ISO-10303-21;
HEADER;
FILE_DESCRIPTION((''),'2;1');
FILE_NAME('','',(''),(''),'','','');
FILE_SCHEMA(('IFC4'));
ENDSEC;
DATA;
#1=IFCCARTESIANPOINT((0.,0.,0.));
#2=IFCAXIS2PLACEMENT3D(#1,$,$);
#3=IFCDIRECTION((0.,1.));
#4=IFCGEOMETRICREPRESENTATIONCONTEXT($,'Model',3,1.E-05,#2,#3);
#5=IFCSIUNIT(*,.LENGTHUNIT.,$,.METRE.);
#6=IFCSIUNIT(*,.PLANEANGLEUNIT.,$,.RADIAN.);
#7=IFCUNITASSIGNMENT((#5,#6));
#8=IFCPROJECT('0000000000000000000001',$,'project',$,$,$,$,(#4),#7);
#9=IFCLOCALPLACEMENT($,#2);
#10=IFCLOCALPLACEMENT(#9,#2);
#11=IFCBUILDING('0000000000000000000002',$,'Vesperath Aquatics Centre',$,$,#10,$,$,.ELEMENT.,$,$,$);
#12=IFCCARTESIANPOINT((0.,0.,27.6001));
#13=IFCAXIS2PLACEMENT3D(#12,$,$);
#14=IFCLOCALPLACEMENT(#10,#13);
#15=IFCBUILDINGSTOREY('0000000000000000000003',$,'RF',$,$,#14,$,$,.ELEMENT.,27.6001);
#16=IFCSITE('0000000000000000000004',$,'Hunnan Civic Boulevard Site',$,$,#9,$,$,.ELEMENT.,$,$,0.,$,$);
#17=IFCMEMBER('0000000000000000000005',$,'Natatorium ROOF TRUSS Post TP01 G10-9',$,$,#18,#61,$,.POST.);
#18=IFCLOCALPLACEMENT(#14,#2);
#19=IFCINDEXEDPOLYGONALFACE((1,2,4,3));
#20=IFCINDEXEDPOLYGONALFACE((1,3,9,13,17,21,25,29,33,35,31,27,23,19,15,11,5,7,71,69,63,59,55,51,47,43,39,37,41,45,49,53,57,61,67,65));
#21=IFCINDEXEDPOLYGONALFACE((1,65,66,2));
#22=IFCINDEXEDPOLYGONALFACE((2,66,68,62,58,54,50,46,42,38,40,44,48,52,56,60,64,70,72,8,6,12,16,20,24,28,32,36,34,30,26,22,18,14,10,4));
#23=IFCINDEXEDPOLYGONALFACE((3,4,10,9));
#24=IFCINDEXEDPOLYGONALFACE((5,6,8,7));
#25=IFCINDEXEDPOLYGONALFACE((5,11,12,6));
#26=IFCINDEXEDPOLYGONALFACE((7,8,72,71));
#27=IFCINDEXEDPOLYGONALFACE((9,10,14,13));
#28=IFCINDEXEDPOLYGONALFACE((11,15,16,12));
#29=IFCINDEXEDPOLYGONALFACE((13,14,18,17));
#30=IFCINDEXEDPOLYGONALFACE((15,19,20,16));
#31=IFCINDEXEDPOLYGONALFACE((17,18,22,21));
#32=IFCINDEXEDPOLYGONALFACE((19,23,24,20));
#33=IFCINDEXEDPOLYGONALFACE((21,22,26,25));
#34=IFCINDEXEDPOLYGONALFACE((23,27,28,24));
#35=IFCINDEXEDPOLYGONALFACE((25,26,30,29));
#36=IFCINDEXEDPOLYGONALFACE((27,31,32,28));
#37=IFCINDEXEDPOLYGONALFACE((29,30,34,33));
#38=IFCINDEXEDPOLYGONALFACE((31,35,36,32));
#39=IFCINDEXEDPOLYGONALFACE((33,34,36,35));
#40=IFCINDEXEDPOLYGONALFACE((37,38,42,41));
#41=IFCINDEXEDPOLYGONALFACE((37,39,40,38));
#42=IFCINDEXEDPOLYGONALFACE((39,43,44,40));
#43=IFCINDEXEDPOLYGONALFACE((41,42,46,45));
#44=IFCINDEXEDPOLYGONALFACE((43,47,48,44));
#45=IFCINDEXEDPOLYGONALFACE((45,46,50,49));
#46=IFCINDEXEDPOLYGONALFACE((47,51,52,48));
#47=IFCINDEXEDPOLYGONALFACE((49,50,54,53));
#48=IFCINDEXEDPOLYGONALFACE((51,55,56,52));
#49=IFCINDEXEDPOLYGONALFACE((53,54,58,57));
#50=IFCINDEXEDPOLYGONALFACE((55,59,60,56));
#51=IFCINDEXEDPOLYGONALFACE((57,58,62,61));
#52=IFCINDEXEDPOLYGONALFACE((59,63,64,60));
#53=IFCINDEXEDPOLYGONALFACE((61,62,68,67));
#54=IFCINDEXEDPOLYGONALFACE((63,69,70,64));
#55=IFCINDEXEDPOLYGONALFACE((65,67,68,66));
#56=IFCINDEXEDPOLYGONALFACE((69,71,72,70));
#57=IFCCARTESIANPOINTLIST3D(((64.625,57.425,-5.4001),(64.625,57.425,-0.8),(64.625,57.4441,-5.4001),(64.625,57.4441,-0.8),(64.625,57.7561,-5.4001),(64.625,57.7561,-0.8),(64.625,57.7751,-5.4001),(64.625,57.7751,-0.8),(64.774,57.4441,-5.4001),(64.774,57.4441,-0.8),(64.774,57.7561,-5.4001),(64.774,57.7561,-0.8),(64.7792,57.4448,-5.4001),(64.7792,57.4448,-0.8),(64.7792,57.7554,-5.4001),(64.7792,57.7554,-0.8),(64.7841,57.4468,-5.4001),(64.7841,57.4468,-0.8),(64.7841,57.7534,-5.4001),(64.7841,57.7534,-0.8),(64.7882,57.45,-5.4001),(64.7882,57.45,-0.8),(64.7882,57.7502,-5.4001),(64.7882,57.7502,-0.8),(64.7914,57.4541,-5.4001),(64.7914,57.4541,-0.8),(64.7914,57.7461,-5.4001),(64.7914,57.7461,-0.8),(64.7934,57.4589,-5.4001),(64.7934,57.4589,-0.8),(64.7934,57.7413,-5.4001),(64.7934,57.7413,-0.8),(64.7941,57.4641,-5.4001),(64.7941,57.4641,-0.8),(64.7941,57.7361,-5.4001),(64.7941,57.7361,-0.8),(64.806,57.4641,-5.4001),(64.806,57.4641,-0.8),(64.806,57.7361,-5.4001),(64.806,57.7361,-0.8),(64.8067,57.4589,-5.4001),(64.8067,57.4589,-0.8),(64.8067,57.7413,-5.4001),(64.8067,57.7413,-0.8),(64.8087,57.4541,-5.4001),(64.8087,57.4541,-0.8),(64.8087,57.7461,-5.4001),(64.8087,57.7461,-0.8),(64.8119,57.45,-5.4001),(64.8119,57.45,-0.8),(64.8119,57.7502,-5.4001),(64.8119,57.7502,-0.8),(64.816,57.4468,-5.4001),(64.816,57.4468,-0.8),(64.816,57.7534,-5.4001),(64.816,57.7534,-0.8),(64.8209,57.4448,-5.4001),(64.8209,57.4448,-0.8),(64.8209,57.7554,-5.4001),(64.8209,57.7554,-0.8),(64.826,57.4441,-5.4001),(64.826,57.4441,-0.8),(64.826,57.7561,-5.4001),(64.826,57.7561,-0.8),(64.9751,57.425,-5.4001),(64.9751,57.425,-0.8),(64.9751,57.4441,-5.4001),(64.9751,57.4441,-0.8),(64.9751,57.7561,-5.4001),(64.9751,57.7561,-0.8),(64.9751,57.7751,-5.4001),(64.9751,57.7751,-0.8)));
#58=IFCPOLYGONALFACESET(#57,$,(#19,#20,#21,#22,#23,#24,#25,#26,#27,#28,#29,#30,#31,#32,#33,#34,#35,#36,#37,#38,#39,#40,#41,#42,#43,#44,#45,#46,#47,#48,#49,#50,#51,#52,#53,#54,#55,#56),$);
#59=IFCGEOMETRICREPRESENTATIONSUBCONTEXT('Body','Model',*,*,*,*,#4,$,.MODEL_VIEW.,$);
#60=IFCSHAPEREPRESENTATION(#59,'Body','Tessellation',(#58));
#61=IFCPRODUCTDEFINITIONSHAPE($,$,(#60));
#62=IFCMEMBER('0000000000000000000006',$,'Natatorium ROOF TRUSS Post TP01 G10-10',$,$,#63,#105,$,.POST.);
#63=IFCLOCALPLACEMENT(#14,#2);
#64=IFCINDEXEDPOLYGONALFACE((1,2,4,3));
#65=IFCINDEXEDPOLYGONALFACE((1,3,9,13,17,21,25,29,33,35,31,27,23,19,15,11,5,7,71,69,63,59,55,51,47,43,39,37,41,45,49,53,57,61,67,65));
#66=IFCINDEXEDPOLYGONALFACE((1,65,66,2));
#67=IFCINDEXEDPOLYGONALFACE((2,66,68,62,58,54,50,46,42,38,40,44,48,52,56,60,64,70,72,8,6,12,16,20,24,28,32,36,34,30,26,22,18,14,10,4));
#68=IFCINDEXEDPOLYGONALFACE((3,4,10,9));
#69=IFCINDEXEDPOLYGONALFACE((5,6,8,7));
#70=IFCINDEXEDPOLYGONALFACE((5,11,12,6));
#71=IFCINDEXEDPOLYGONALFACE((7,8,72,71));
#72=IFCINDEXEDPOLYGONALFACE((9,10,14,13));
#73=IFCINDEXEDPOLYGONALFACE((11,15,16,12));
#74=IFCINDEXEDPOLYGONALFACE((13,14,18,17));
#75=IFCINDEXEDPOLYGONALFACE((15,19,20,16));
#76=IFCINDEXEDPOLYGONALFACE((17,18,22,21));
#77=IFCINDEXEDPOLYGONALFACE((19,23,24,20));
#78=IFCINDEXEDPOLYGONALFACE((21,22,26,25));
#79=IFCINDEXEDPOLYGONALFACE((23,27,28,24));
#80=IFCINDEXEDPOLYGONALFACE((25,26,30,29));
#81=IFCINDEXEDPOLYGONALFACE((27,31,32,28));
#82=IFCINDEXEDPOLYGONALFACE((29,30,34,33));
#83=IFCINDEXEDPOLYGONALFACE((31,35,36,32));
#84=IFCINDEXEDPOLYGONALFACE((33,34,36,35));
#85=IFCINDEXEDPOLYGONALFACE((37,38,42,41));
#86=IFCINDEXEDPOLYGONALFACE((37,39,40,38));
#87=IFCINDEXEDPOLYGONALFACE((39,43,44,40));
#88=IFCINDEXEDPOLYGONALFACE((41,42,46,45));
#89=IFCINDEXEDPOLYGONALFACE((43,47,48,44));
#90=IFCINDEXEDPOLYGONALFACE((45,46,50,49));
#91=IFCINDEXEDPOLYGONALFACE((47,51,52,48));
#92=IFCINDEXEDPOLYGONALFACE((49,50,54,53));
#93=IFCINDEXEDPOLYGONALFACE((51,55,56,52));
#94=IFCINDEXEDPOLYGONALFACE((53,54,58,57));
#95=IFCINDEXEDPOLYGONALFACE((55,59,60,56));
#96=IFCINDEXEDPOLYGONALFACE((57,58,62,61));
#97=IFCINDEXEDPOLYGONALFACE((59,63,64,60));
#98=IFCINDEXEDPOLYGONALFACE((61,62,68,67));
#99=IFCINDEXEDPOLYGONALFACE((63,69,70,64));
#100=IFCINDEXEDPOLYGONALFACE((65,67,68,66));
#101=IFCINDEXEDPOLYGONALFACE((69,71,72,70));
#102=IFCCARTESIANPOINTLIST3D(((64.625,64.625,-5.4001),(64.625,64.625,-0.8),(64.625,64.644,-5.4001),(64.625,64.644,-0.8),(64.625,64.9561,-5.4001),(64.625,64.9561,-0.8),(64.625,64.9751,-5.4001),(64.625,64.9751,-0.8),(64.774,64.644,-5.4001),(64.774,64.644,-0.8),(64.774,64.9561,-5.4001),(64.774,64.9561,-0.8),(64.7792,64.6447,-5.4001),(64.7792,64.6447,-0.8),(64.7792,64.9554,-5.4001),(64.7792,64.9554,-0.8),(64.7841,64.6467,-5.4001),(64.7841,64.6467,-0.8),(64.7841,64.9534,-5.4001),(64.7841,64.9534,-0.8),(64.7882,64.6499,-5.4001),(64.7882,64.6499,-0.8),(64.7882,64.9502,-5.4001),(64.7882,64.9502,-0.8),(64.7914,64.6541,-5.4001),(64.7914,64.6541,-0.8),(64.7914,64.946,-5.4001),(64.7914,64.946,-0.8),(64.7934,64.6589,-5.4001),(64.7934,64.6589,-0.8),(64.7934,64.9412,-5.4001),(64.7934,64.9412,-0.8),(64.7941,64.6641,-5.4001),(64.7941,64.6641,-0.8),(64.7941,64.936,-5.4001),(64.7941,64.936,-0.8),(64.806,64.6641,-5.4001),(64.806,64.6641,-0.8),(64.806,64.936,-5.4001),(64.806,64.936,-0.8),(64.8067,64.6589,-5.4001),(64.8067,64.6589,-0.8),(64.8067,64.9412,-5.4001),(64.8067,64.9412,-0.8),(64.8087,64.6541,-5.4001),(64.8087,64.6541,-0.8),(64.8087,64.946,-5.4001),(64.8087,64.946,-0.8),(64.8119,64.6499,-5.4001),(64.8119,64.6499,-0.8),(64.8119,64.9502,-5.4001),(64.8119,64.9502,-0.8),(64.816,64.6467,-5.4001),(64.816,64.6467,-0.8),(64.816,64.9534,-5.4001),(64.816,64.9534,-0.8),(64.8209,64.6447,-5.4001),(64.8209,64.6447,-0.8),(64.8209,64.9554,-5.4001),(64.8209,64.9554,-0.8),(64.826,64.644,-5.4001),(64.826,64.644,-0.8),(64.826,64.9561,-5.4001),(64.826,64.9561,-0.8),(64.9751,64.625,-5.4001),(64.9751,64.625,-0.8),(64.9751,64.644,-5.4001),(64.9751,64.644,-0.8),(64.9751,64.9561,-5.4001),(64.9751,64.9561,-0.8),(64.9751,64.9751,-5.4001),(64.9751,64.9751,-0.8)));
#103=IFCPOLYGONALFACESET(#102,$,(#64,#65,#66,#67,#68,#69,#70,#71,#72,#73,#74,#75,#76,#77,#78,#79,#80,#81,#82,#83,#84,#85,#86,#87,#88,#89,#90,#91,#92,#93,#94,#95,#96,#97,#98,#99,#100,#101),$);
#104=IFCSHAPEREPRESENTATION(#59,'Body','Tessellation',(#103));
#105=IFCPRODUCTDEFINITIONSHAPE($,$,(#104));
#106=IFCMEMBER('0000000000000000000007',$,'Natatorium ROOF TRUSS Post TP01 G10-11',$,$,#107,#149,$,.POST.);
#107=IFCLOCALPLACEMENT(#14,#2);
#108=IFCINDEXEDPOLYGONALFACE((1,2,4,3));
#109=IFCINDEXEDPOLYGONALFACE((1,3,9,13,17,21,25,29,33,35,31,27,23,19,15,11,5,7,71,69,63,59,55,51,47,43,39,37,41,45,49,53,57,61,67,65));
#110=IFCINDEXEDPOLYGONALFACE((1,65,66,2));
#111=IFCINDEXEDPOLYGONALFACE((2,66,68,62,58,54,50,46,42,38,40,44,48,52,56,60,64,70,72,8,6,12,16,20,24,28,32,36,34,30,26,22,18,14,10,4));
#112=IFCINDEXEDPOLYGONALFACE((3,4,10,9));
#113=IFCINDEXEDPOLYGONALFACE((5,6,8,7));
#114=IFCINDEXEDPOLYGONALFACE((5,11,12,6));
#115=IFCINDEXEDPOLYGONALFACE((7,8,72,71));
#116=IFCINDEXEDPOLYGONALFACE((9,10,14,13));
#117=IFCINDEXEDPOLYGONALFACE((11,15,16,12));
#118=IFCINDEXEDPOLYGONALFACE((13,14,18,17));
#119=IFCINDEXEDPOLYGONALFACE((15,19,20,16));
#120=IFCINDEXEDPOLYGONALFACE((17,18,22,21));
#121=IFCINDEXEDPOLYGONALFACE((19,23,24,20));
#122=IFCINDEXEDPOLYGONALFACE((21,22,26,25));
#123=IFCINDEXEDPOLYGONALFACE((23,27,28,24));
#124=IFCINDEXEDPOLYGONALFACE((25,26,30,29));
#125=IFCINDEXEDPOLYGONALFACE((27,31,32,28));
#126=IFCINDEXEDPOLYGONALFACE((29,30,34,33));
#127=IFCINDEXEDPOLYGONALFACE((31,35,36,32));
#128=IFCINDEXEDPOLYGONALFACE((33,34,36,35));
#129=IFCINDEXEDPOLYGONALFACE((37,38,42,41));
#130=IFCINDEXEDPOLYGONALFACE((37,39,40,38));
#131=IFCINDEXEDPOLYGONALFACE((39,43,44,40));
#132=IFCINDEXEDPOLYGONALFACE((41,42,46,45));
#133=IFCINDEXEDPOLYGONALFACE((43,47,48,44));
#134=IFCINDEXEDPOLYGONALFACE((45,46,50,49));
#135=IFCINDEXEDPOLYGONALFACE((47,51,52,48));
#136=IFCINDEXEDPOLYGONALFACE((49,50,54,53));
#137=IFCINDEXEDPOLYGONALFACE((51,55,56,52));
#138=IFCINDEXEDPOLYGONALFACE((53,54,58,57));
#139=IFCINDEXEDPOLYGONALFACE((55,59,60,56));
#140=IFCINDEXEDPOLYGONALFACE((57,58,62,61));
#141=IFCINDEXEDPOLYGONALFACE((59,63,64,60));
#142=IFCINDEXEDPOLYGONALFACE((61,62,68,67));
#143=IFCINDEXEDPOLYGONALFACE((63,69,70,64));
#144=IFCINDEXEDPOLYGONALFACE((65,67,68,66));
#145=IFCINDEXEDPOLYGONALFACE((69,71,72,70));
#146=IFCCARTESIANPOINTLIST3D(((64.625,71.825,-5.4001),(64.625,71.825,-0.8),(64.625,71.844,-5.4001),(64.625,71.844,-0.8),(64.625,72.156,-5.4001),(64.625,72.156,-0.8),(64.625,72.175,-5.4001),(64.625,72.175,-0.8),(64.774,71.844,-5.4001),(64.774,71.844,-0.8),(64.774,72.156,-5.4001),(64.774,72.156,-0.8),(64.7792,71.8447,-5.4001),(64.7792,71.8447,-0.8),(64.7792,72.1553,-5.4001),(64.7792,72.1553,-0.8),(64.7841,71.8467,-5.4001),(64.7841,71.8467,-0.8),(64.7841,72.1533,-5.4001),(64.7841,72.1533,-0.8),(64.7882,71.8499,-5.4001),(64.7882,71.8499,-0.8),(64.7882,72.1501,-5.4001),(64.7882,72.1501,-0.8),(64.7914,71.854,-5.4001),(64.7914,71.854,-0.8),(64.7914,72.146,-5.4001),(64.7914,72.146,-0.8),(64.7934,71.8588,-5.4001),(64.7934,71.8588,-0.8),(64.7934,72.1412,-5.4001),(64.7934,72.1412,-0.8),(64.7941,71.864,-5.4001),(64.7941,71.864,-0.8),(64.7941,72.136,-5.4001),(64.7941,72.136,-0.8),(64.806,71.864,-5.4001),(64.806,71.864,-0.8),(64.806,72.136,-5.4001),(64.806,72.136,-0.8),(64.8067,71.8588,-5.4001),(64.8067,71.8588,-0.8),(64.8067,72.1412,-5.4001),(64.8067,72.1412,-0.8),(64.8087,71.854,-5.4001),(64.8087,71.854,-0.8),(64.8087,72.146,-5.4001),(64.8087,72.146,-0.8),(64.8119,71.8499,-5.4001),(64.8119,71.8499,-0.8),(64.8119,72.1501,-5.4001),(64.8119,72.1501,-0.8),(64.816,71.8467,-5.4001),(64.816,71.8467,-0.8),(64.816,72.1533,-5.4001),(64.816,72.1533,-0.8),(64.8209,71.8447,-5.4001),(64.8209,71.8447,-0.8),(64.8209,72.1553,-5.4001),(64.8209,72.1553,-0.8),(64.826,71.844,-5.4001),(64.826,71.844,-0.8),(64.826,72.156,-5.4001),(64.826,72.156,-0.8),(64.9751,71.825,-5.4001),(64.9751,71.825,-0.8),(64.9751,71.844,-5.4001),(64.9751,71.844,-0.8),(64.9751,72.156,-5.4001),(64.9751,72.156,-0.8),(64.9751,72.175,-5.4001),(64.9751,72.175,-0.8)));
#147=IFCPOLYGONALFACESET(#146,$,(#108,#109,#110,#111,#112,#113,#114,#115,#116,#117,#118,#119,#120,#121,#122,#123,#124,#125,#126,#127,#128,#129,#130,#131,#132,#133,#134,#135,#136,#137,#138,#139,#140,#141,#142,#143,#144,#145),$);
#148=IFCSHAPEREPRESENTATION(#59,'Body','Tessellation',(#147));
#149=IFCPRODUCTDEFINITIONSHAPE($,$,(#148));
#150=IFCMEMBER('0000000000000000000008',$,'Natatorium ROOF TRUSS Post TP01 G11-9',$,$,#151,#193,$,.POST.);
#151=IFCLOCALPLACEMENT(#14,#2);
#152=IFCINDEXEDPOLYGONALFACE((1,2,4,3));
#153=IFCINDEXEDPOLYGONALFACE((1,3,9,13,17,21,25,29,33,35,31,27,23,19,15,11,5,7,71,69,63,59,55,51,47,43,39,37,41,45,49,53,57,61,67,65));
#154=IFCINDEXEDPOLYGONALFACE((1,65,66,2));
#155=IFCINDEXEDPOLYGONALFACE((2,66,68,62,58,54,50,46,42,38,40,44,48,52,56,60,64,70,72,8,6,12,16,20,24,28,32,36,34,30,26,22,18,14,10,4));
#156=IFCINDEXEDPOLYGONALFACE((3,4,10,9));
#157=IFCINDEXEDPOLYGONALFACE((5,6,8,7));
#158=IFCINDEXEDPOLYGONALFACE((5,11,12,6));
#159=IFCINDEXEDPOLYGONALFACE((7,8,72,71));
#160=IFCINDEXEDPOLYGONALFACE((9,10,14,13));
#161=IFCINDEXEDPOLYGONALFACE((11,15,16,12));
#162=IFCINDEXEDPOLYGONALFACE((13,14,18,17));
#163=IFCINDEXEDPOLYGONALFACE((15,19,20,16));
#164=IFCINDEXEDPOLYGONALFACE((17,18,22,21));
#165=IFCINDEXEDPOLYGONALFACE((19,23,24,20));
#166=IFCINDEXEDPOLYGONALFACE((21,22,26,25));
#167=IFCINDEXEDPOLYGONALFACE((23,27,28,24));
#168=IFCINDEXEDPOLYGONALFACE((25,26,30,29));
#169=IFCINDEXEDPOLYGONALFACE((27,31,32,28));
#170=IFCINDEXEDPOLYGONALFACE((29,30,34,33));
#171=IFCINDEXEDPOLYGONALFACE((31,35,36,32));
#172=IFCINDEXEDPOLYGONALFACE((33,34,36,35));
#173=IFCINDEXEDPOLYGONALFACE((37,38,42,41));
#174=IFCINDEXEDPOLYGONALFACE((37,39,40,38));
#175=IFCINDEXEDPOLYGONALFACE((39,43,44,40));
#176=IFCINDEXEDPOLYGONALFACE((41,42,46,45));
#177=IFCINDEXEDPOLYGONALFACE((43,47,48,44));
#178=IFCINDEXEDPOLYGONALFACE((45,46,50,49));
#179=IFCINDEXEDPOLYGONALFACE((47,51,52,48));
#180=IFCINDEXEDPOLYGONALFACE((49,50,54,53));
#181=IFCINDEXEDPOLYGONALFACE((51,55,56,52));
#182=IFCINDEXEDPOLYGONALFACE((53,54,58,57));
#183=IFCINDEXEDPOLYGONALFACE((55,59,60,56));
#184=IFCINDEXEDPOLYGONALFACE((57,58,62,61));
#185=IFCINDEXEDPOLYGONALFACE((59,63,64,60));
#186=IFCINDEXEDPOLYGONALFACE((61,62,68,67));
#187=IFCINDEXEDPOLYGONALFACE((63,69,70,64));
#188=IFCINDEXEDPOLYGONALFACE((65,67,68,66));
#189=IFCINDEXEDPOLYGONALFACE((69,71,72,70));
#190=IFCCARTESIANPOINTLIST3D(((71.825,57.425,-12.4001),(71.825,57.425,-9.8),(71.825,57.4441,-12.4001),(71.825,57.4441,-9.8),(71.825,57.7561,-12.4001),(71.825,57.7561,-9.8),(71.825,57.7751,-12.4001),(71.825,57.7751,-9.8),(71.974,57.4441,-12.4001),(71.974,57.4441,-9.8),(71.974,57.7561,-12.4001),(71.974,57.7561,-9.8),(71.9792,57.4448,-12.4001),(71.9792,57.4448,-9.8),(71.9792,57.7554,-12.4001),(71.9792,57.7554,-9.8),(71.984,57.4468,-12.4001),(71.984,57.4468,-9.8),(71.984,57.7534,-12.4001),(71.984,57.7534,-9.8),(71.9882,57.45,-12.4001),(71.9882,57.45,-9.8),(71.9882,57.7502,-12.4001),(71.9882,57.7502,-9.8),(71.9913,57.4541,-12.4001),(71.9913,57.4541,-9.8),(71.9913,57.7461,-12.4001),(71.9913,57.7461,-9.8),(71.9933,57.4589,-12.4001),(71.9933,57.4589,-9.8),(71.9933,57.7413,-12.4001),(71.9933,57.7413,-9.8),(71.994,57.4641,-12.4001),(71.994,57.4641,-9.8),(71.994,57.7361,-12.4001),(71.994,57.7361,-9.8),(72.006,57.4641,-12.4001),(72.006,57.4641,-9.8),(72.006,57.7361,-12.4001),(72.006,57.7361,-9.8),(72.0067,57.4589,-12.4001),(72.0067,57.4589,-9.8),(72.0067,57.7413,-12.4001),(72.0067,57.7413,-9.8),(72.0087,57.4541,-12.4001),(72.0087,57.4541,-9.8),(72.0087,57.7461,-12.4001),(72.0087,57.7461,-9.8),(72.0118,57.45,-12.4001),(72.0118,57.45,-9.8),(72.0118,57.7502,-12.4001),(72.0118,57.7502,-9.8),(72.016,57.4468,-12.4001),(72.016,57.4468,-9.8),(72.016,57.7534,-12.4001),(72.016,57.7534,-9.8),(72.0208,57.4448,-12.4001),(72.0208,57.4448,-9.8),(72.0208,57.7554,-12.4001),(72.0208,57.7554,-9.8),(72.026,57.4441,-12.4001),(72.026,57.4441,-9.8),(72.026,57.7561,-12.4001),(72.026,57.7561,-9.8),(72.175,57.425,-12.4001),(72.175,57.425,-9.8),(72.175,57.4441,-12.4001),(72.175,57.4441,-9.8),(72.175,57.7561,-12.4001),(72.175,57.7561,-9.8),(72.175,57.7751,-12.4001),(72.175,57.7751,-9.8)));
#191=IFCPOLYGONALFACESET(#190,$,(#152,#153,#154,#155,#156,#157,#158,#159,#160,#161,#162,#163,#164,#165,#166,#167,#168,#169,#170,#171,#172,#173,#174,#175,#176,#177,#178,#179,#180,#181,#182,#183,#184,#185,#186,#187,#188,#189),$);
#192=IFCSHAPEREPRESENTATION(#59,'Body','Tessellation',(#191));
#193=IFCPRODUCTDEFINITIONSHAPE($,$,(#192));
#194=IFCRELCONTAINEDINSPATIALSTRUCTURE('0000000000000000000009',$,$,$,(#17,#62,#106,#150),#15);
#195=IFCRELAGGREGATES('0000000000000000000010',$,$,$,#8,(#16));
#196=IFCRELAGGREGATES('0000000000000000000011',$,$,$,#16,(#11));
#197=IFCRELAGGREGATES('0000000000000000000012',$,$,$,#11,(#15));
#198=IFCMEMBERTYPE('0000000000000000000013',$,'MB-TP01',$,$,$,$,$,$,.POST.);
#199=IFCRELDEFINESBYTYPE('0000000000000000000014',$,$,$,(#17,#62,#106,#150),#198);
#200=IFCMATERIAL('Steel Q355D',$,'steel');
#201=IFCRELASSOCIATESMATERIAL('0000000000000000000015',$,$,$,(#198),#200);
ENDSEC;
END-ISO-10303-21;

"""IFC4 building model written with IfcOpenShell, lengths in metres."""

from ifc_helpers import new_model, si_unit, direction, frame, origin, origin_2d, place, context, subcontext, project, spatial, i_section, extrude, material, material_profile, profile_set, type_object, element, save


model = new_model("IFC4")

# Units and contexts
model_context = context("Model", 3, precision=1e-05, world=origin(), true_north=direction((0.0, 1.0)))
body_context = subcontext(model_context, "Body", "Model", "MODEL_VIEW")
ifc_project = project(units=[si_unit("LENGTHUNIT", "METRE"), si_unit("PLANEANGLEUNIT", "RADIAN")], contexts=[model_context])

# Site, building, storey
site_placement = place(None, origin())
site = spatial("IfcSite", under=ifc_project, at=site_placement, Name="Hunnan Civic Boulevard Site", CompositionType="ELEMENT", RefElevation=0.0)
building_placement = place(site_placement, origin())
building = spatial("IfcBuilding", under=site, at=building_placement, Name="Vesperath Aquatics Centre", CompositionType="ELEMENT")
storey_placement = place(building_placement, frame((0.0, 0.0, 27.6001)))
storey = spatial("IfcBuildingStorey", under=building, at=storey_placement, Name="RF", CompositionType="ELEMENT", Elevation=27.6001)

# Members
ifc_material_1 = material(Name="Steel Q355D", Category="steel")
ifc_material_profile_1 = material_profile(ifc_material_1, i_section(OverallWidth=0.3501, OverallDepth=0.3501, WebThickness=0.012, FlangeThickness=0.019, FilletRadius=0.02, at=origin_2d()), Name="HW 350x350x12x19")
ifc_profile_set_1 = profile_set([ifc_material_profile_1], Name="Steel Q355D")
member_type_1 = type_object("IfcMemberType", Name="MB-TP01", PredefinedType="POST", material=ifc_profile_set_1)
for number, where, z_axis, x_axis, name in (
    (1, (64.8, 57.6001, -5.4001), (0.0, 0.0, 1.0), (1.0, 0.0, 0.0), "Natatorium ROOF TRUSS Post TP01 G10-9"),
    (2, (64.8, 64.8, -5.4001), (0.0, 0.0, 1.0), (1.0, 0.0, 0.0), "Natatorium ROOF TRUSS Post TP01 G10-10"),
    (3, (64.8, 72.0, -5.4001), (0.0, 0.0, 1.0), (1.0, 0.0, 0.0), "Natatorium ROOF TRUSS Post TP01 G10-11"),
):
    element("IfcMember", number, at=place(storey_placement, frame(where, z_axis=z_axis, x_axis=x_axis)), inside=storey, type_object=member_type_1, Name=name, PredefinedType="POST", context=body_context, shape_type="SweptSolid", body=[
        extrude(i_section(OverallWidth=0.3501, OverallDepth=0.3501, WebThickness=0.012, FlangeThickness=0.019, FilletRadius=0.02, at=origin_2d()), origin(), (0.0, 0.0, 1.0), 4.6001),
    ])
for number, where, z_axis, x_axis, name in (
    (4, (72.0, 57.6001, -12.4001), (0.0, 0.0, 1.0), (1.0, 0.0, 0.0), "Natatorium ROOF TRUSS Post TP01 G11-9"),
):
    element("IfcMember", number, at=place(storey_placement, frame(where, z_axis=z_axis, x_axis=x_axis)), inside=storey, type_object=member_type_1, Name=name, PredefinedType="POST", context=body_context, shape_type="SweptSolid", body=[
        extrude(i_section(OverallWidth=0.3501, OverallDepth=0.3501, WebThickness=0.012, FlangeThickness=0.019, FilletRadius=0.02, at=origin_2d()), origin(), (0.0, 0.0, 1.0), 2.6001),
    ])

save(model, "model.ifc")
